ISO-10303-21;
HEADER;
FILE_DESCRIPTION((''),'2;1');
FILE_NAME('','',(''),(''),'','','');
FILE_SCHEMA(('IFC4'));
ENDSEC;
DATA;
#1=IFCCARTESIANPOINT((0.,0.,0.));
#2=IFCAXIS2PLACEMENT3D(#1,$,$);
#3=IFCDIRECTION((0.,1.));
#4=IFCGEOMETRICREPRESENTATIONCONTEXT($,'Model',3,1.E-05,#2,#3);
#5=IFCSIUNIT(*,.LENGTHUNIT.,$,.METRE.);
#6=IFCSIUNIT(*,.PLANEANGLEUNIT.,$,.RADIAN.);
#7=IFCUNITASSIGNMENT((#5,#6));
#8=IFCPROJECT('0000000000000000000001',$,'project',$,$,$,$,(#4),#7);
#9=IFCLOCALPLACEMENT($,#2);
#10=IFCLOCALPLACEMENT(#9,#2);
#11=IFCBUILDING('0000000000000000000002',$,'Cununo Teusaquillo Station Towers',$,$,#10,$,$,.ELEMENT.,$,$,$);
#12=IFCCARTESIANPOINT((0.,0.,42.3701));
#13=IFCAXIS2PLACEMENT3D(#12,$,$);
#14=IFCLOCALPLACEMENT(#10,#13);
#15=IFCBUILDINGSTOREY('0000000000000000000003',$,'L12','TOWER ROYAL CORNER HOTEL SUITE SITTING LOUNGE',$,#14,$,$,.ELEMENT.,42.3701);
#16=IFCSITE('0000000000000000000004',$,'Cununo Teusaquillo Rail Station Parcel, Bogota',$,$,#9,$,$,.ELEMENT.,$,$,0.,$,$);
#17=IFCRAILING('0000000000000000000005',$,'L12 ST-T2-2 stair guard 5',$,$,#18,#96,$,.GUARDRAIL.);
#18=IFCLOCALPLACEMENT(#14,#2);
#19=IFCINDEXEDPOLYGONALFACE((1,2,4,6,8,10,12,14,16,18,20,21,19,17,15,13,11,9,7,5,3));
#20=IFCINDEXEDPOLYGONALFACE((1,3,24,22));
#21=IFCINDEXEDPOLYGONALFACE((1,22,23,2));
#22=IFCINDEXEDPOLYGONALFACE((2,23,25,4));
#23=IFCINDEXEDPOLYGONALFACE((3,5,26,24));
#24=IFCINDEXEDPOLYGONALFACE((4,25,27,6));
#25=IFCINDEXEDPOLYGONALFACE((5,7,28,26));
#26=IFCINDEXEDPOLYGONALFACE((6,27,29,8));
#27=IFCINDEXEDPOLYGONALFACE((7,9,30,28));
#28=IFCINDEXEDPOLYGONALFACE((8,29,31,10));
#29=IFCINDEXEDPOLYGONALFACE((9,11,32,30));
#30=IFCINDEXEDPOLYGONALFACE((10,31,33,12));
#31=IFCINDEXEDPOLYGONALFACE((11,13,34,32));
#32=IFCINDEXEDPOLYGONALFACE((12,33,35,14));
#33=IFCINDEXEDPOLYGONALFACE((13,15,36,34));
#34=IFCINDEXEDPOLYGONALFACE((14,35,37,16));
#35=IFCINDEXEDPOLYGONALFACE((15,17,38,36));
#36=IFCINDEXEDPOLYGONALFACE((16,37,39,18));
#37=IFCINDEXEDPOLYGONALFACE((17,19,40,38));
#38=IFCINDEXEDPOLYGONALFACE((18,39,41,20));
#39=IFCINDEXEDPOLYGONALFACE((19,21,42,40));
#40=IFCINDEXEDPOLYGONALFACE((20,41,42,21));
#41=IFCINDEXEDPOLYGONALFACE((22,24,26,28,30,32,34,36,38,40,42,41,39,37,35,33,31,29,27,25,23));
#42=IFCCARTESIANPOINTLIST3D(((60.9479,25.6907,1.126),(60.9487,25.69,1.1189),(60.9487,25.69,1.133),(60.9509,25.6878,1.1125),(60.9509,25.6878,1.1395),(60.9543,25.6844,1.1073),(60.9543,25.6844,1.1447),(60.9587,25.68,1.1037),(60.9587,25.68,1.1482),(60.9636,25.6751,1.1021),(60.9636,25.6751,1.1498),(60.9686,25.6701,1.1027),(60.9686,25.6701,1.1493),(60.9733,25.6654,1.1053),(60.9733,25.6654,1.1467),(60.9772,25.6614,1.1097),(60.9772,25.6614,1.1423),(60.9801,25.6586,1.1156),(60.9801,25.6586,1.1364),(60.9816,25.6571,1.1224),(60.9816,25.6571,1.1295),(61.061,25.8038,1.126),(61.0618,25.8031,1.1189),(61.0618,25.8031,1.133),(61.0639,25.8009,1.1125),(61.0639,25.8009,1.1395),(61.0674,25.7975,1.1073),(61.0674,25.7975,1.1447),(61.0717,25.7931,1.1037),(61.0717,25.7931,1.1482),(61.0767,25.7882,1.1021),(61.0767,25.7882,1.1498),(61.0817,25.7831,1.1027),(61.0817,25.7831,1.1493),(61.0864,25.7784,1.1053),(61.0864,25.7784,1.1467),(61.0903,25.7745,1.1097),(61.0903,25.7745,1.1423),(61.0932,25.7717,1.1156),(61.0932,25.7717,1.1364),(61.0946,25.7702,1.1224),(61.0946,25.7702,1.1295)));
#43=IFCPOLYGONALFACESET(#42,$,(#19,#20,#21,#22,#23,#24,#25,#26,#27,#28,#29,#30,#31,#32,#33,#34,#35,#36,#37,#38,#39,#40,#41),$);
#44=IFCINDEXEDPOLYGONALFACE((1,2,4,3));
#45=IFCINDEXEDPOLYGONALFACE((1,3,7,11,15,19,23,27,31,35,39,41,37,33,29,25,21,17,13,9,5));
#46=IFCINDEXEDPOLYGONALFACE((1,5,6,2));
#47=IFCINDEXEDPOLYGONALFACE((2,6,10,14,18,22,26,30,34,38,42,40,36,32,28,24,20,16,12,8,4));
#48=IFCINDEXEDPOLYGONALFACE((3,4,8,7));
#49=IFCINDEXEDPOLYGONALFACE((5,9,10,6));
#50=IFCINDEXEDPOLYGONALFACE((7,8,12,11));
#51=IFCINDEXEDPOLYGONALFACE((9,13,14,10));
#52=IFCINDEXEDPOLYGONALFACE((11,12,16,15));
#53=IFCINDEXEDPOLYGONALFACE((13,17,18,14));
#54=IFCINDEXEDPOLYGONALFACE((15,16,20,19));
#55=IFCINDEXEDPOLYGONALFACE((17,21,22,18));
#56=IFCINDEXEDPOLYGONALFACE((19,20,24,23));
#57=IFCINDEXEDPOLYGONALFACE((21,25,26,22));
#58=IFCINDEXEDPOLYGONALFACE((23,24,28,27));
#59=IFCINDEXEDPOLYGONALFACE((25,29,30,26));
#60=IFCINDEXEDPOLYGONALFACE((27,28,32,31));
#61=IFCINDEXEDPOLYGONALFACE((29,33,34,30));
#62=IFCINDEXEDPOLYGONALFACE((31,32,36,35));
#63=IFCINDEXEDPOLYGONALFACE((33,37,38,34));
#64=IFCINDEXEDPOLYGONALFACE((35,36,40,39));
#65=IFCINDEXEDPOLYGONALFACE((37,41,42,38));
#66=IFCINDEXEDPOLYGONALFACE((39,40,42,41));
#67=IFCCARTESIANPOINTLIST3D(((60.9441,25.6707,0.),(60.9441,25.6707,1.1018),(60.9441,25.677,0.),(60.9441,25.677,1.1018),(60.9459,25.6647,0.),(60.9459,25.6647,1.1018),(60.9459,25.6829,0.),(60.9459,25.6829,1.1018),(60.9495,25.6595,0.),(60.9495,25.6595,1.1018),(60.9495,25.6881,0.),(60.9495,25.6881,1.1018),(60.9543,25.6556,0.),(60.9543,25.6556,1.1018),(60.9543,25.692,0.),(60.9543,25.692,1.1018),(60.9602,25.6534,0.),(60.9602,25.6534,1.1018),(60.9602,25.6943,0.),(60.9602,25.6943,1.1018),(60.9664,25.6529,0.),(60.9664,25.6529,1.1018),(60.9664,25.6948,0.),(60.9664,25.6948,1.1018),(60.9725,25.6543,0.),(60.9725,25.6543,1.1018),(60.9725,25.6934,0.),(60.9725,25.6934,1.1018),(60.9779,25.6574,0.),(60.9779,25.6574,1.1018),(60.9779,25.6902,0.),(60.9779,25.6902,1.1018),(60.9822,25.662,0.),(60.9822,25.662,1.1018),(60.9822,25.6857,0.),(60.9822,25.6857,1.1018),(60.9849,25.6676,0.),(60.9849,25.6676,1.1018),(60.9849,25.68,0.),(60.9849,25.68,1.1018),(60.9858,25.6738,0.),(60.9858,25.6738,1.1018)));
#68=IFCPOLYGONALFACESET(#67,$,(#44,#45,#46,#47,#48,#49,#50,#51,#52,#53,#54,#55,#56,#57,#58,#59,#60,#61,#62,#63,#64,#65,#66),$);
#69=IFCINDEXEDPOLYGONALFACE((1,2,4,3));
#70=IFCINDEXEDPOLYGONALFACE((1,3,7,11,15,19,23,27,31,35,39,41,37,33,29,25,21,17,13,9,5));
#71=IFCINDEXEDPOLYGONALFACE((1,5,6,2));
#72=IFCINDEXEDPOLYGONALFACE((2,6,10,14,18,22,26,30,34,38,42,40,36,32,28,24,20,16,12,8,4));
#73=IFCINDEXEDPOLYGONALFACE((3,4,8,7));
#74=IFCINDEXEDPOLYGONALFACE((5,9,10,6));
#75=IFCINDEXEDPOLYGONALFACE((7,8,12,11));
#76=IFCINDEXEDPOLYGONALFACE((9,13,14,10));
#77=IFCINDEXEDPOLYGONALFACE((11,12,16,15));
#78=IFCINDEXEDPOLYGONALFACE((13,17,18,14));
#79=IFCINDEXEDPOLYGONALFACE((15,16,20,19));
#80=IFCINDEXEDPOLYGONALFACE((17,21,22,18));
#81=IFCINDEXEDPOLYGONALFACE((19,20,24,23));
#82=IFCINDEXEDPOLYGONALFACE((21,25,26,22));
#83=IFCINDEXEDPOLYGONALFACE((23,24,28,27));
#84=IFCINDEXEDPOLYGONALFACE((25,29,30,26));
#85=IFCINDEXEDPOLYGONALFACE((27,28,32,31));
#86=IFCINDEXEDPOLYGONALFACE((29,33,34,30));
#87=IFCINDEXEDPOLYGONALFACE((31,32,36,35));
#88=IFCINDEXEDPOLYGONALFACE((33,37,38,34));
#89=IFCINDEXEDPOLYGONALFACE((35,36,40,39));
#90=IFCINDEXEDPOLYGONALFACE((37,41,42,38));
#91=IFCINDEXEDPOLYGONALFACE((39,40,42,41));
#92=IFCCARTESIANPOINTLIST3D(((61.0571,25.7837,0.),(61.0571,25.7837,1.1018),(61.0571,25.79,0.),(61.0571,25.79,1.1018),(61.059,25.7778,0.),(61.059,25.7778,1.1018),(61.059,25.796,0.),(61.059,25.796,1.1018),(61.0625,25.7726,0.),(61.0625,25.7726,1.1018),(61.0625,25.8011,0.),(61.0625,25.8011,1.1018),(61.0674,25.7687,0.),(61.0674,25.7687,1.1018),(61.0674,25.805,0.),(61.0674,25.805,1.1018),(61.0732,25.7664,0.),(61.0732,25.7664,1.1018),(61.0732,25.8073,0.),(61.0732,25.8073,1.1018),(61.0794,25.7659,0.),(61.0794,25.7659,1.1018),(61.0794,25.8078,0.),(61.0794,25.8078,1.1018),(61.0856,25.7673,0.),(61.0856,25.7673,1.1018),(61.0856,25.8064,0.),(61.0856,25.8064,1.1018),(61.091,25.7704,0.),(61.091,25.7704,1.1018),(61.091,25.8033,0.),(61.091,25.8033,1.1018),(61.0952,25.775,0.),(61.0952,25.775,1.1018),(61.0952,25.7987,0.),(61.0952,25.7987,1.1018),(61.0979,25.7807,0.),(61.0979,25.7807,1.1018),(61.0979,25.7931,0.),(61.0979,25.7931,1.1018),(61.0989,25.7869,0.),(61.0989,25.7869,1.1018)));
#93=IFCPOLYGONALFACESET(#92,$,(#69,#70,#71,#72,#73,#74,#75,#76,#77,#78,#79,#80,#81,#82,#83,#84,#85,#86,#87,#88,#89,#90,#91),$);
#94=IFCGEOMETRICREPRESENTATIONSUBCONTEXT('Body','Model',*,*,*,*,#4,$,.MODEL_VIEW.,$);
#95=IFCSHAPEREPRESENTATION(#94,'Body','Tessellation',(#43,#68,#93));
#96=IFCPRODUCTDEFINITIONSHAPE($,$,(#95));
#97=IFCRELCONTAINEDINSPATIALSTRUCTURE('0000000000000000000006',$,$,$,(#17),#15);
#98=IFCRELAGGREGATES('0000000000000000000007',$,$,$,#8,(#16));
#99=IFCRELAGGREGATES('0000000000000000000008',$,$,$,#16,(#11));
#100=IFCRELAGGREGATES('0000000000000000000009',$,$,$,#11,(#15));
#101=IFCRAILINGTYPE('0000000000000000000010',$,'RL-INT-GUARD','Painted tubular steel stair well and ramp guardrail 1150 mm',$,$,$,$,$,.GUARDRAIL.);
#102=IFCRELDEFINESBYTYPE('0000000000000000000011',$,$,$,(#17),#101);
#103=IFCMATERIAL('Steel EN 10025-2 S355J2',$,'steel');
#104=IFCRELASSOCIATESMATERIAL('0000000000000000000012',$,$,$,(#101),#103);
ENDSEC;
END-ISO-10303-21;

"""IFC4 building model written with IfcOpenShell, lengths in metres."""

from ifc_helpers import new_model, si_unit, direction, frame, origin, origin_2d, place, context, subcontext, project, spatial, circle, extrude, material, type_object, element, save


model = new_model("IFC4")

# Units and contexts
model_context = context("Model", 3, precision=1e-05, world=origin(), true_north=direction((0.0, 1.0)))
body_context = subcontext(model_context, "Body", "Model", "MODEL_VIEW")
ifc_project = project(units=[si_unit("LENGTHUNIT", "METRE"), si_unit("PLANEANGLEUNIT", "RADIAN")], contexts=[model_context])

# Site, building, storey
site_placement = place(None, origin())
site = spatial("IfcSite", under=ifc_project, at=site_placement, Name="Cununo Teusaquillo Rail Station Parcel, Bogota", CompositionType="ELEMENT", RefElevation=0.0)
building_placement = place(site_placement, origin())
building = spatial("IfcBuilding", under=site, at=building_placement, Name="Cununo Teusaquillo Station Towers", CompositionType="ELEMENT")
storey_placement = place(building_placement, frame((0.0, 0.0, 42.3701)))
storey = spatial("IfcBuildingStorey", under=building, at=storey_placement, Name="L12", Description="TOWER ROYAL CORNER HOTEL SUITE SITTING LOUNGE", CompositionType="ELEMENT", Elevation=42.3701)

# Railing
ifc_material_1 = material(Name="Steel EN 10025-2 S355J2", Category="steel")
railing_type_1 = type_object("IfcRailingType", Name="RL-INT-GUARD", Description="Painted tubular steel stair well and ramp guardrail 1150 mm", PredefinedType="GUARDRAIL", material=ifc_material_1)
railing_1_placement = place(storey_placement, frame((60.9648, 25.6738, 0.0)))
element("IfcRailing", 1, at=railing_1_placement, inside=storey, type_object=railing_type_1, Name="L12 ST-T2-2 stair guard 5", PredefinedType="GUARDRAIL", context=body_context, shape_type="SweptSolid", body=[
    extrude(circle(Radius=0.0239, at=origin_2d()), frame((0.0, 0.0, 1.126), z_axis=(0.707107, 0.707107, 0.0), x_axis=(-0.707107, 0.707107, 0.0)), (0.0, 0.0, 1.0), 0.1599),
    extrude(circle(Radius=0.021, at=origin_2d()), origin(), (0.0, 0.0, 1.0), 1.1018),
    extrude(circle(Radius=0.021, at=origin_2d()), frame((0.113, 0.113, 0.0)), (0.0, 0.0, 1.0), 1.1018),
])

save(model, "model.ifc")
